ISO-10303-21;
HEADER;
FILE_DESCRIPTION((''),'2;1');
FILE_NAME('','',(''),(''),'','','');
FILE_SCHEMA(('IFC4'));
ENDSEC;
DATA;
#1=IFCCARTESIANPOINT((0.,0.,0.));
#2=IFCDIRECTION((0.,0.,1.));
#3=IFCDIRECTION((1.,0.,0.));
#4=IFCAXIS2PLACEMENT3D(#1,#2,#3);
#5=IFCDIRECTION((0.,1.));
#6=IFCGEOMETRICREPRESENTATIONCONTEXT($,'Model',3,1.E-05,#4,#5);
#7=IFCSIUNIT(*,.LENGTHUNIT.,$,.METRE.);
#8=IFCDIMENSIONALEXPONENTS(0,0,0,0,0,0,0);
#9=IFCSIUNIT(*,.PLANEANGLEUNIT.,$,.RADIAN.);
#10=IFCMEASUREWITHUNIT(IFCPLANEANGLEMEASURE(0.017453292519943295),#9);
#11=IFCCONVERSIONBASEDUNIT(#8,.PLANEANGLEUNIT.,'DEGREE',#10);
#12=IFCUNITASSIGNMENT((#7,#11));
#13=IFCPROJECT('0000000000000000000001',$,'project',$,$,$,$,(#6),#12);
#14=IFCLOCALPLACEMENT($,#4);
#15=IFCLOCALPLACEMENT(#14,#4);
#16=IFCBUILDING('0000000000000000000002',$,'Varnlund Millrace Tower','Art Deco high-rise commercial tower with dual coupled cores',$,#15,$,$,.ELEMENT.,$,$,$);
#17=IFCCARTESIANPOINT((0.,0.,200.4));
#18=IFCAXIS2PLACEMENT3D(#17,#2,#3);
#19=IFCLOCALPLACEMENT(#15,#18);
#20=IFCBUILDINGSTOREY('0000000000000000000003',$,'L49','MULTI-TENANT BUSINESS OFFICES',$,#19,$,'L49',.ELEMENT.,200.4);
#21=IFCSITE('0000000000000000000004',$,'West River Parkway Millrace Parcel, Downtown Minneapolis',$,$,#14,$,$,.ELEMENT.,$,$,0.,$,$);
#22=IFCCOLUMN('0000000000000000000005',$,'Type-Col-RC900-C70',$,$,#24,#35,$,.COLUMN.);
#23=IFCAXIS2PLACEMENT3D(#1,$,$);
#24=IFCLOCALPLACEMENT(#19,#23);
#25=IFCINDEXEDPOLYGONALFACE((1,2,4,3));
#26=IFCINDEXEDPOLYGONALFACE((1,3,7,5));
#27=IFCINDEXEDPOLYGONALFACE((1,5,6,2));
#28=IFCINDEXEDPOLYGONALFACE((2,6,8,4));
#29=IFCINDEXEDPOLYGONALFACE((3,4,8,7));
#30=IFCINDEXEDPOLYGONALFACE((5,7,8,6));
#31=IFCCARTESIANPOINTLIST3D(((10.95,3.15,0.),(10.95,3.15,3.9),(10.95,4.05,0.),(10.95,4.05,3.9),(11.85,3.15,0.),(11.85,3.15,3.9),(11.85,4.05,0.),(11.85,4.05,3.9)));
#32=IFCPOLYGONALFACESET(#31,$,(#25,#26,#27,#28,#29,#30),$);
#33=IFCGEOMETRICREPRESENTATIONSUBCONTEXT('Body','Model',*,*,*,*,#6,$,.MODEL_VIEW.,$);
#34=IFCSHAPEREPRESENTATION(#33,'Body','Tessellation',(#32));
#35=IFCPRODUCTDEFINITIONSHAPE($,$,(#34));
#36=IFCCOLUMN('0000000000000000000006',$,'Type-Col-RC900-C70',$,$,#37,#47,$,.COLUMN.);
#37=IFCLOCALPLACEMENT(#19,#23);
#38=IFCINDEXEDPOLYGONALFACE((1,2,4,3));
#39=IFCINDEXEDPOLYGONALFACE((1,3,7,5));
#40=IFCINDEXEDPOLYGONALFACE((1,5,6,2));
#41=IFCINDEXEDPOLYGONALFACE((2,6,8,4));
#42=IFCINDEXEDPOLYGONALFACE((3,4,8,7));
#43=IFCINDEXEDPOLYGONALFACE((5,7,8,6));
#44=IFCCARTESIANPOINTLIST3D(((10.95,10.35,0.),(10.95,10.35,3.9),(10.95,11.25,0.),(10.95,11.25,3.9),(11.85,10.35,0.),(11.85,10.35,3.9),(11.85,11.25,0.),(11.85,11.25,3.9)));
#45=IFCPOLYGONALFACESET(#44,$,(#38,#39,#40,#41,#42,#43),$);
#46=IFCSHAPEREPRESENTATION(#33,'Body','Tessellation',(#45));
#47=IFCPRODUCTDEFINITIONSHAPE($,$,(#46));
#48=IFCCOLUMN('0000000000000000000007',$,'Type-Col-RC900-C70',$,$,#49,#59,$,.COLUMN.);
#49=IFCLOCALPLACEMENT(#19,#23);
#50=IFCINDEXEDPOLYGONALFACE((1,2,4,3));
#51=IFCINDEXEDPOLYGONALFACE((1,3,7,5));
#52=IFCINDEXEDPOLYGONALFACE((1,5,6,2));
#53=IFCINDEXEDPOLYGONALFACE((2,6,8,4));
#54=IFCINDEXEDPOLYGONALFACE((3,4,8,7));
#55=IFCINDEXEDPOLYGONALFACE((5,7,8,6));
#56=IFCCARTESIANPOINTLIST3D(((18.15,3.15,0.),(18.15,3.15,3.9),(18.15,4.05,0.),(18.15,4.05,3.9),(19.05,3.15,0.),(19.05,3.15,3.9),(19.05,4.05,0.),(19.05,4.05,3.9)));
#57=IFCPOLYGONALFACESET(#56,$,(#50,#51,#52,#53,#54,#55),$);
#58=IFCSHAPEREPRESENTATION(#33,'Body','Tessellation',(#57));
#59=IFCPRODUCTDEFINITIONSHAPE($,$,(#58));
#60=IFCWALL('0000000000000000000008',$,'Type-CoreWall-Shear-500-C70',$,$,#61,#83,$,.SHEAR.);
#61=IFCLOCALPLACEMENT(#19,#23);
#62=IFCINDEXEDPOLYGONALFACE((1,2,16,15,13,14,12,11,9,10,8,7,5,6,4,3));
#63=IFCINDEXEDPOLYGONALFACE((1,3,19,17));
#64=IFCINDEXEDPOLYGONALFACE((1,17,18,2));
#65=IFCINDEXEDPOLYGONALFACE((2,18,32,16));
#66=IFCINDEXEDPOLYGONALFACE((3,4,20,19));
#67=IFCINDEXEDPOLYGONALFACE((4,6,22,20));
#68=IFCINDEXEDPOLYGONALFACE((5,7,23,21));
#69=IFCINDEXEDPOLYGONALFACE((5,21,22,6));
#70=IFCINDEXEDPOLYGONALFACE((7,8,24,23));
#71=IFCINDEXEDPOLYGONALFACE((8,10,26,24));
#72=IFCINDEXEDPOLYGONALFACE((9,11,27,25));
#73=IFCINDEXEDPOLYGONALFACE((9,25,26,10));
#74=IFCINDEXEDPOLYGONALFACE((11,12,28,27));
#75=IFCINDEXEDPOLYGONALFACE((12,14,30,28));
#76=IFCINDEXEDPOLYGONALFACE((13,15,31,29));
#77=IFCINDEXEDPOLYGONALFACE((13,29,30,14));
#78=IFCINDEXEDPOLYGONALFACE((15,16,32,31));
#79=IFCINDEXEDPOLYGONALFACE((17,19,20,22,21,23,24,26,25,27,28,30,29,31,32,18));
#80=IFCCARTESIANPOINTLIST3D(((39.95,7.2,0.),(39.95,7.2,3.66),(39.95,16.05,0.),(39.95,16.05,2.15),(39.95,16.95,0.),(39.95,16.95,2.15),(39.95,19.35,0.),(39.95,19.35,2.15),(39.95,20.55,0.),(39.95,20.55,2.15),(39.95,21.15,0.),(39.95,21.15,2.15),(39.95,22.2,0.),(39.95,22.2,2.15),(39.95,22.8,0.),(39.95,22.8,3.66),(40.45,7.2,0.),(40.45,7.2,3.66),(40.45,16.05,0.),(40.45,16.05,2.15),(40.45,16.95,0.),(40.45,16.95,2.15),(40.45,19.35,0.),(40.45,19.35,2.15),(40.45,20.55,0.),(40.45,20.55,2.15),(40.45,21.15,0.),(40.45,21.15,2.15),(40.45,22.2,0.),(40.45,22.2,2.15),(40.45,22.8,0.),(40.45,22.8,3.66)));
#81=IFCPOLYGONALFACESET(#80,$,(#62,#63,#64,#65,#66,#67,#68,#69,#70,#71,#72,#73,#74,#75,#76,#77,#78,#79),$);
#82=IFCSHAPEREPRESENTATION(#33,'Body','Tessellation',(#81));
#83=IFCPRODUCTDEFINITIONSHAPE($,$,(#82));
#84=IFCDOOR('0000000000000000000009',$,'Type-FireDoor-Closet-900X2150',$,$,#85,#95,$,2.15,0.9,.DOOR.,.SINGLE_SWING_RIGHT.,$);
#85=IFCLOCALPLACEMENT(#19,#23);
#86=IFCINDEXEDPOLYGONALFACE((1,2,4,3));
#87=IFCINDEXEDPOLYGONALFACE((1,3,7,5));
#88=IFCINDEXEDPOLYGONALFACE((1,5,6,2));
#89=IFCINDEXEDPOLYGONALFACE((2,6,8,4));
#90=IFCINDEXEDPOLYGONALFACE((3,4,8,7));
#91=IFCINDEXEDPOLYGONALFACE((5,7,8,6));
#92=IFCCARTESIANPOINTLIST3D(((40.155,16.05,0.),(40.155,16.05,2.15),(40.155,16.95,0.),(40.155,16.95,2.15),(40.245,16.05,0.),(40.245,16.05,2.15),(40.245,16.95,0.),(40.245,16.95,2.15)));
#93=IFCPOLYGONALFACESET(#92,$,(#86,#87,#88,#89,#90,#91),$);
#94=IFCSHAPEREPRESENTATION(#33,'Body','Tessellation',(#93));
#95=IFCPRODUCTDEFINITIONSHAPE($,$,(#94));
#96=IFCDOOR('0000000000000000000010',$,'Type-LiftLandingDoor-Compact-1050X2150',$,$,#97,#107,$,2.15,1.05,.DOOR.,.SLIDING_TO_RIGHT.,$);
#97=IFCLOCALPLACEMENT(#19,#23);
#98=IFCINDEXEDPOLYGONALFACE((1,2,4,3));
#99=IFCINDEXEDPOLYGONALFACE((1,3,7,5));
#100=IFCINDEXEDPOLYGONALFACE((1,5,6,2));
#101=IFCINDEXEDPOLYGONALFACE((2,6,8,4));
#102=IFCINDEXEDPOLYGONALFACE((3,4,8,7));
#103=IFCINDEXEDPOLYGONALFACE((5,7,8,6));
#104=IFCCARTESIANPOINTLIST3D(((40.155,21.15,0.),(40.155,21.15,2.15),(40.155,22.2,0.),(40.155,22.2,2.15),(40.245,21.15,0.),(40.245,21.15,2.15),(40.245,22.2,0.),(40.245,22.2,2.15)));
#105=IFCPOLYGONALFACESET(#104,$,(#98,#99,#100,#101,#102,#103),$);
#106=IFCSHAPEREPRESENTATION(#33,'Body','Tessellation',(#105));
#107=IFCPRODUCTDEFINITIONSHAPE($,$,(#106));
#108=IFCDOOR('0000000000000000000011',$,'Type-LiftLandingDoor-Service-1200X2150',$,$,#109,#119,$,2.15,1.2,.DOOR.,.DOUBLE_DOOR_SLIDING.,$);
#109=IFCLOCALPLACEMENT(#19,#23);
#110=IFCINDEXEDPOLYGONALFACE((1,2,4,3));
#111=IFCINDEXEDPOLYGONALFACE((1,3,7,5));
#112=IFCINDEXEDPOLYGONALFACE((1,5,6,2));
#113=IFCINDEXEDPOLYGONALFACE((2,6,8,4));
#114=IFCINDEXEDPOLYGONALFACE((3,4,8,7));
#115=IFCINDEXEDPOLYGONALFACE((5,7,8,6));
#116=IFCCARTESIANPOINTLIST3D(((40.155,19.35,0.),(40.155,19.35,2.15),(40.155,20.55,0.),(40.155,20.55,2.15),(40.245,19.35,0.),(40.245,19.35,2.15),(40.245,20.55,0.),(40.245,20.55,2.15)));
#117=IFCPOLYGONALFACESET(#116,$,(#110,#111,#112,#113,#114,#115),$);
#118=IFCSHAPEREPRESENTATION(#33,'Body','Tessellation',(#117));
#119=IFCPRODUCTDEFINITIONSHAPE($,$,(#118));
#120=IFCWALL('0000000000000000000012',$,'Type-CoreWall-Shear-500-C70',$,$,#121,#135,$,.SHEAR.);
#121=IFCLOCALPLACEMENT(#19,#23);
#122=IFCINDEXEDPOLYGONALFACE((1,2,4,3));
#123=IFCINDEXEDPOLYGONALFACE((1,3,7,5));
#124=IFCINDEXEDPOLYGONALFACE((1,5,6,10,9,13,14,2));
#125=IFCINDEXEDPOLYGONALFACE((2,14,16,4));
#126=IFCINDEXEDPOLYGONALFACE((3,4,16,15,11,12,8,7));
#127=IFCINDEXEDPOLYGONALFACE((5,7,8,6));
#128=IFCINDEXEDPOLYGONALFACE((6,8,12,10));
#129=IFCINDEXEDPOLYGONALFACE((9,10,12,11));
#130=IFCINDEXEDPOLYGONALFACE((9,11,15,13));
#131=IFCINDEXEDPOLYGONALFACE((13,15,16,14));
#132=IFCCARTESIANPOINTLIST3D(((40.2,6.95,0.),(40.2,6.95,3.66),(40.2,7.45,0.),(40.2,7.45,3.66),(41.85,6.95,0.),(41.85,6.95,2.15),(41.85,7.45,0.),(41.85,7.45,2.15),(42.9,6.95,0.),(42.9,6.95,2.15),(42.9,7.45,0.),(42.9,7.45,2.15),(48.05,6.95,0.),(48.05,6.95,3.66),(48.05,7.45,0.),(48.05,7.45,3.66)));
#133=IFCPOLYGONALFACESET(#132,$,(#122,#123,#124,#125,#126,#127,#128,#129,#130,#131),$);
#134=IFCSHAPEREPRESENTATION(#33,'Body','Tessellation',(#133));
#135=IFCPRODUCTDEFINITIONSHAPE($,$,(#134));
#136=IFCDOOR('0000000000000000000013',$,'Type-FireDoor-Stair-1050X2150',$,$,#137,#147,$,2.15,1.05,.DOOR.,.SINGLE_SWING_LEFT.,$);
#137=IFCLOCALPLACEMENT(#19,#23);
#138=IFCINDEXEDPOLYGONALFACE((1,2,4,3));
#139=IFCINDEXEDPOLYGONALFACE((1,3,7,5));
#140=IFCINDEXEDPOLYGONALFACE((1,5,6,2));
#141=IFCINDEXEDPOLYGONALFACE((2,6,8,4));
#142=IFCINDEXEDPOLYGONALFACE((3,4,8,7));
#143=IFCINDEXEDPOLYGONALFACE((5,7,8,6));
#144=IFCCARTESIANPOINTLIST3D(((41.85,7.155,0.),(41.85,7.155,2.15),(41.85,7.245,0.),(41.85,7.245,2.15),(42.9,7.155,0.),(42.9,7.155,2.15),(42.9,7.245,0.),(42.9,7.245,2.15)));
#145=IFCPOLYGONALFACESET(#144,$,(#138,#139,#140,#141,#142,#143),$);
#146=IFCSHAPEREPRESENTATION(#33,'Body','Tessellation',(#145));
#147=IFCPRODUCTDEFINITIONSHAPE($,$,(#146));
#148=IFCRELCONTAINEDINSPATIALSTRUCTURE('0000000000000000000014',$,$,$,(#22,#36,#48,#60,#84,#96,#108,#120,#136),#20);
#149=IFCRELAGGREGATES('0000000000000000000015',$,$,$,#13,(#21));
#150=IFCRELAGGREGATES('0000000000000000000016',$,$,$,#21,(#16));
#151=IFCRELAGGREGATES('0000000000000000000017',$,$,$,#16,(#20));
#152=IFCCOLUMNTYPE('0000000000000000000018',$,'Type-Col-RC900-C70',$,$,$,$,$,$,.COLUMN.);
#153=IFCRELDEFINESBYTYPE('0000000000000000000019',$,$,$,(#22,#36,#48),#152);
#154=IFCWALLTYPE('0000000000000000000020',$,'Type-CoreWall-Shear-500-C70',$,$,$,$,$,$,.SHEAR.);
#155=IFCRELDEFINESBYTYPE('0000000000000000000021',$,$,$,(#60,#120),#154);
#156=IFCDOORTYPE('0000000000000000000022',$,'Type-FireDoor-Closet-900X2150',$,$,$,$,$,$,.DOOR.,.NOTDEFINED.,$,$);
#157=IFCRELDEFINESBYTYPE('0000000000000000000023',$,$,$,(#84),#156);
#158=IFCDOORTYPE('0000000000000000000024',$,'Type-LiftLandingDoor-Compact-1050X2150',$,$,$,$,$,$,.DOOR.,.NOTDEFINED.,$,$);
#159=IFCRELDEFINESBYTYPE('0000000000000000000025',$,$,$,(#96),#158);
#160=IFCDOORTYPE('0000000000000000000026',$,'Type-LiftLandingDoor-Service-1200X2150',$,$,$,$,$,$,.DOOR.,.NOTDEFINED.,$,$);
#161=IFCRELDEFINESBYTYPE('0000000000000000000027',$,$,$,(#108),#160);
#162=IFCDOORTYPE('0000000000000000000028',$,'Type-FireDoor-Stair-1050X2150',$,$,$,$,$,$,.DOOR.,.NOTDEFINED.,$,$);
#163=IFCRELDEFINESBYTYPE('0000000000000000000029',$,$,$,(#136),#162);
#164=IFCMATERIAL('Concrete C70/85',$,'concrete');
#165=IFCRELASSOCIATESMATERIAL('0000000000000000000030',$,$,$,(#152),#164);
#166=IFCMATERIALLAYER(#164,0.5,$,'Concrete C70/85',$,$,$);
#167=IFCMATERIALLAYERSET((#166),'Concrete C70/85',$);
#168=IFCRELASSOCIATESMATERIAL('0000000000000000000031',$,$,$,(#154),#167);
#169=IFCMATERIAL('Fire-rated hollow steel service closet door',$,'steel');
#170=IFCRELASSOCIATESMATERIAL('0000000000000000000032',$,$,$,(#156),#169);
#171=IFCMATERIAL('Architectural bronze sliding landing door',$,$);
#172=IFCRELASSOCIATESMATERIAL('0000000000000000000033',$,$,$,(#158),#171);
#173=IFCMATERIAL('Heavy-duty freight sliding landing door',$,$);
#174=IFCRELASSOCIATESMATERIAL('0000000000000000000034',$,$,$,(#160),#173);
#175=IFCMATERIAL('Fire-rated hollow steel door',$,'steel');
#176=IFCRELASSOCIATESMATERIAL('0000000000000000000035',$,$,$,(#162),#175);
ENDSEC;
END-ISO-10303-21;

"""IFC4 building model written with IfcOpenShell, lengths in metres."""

from ifc_helpers import new_model, entity, si_unit, converted_unit, direction, frame, origin_with_axes, origin_2d_with_axis, place, context, subcontext, project, spatial, polyline, rectangle, outline, extrude, material, layer, layer_set, material_profile, profile_set, type_object, element, fill, save


model = new_model("IFC4")

# Units and contexts
model_context = context("Model", 3, precision=1e-05, world=origin_with_axes(), true_north=direction((0.0, 1.0)))
body_context = subcontext(model_context, "Body", "Model", "MODEL_VIEW")
ifc_project = project(units=[si_unit("LENGTHUNIT", "METRE"), converted_unit("PLANEANGLEUNIT", "DEGREE", entity("IfcPlaneAngleMeasure", 0.017453292519943295), si_unit("PLANEANGLEUNIT", "RADIAN"), dimensions=[0, 0, 0, 0, 0, 0, 0])], contexts=[model_context])

# Site, building, storey
site_placement = place(None, origin_with_axes())
site = spatial("IfcSite", under=ifc_project, at=site_placement, Name="West River Parkway Millrace Parcel, Downtown Minneapolis", CompositionType="ELEMENT", RefElevation=0.0)
building_placement = place(site_placement, origin_with_axes())
building = spatial("IfcBuilding", under=site, at=building_placement, Name="Varnlund Millrace Tower", Description="Art Deco high-rise commercial tower with dual coupled cores", CompositionType="ELEMENT")
storey_placement = place(building_placement, frame((0.0, 0.0, 200.4), z_axis=(0.0, 0.0, 1.0), x_axis=(1.0, 0.0, 0.0)))
storey = spatial("IfcBuildingStorey", under=building, at=storey_placement, Name="L49", Description="MULTI-TENANT BUSINESS OFFICES", LongName="L49", CompositionType="ELEMENT", Elevation=200.4)

# Columns
ifc_material_1 = material(Name="Concrete C70/85", Category="concrete")
ifc_material_profile = material_profile(ifc_material_1, rectangle(XDim=0.9, YDim=0.9, at=origin_2d_with_axis()), Name="Concrete C70/85")
ifc_profile_set = profile_set([ifc_material_profile], Name="Concrete C70/85")
column_type = type_object("IfcColumnType", Name="Type-Col-RC900-C70", PredefinedType="COLUMN", material=ifc_profile_set)
for number, where, z_axis, x_axis, name in (
    (1, (11.4, 3.6, 0.0), (0.0, 0.0, 1.0), (1.0, 0.0, 0.0), "Type-Col-RC900-C70"),
    (2, (11.4, 10.8, 0.0), (0.0, 0.0, 1.0), (1.0, 0.0, 0.0), "Type-Col-RC900-C70"),
    (3, (18.6, 3.6, 0.0), (0.0, 0.0, 1.0), (1.0, 0.0, 0.0), "Type-Col-RC900-C70"),
):
    element("IfcColumn", number, at=place(storey_placement, frame(where, z_axis=z_axis, x_axis=x_axis)), inside=storey, type_object=column_type, Name=name, PredefinedType="COLUMN", context=body_context, shape_type="SweptSolid", body=[
        extrude(rectangle(XDim=0.9, YDim=0.9, at=origin_2d_with_axis()), origin_with_axes(), (0.0, 0.0, 1.0), 3.9),
    ])

# Wall, openings, doors
ifc_layer_1 = layer(ifc_material_1, 0.5, Name="Concrete C70/85")
ifc_layer_set_1 = layer_set([ifc_layer_1], Name="Concrete C70/85")
wall_type_1 = type_object("IfcWallType", Name="Type-CoreWall-Shear-500-C70", PredefinedType="SHEAR", material=ifc_layer_set_1)
wall_1_placement = place(storey_placement, frame((40.2, 7.2, 0.0), z_axis=(0.0, 0.0, 1.0), x_axis=(0.0, 1.0, 0.0)))
wall_1 = element("IfcWall", 4, at=wall_1_placement, inside=storey, type_object=wall_type_1, Name="Type-CoreWall-Shear-500-C70", PredefinedType="SHEAR", context=body_context, shape_type="SweptSolid", body=[
    extrude(outline(polyline([(0.0, -0.25), (15.6, -0.25), (15.6, 0.25), (0.0, 0.25), (0.0, -0.25)])), origin_with_axes(), (0.0, 0.0, 1.0), 3.66),
])
opening_1_placement = place(wall_1_placement, frame((14.475, 0.0, 0.0), z_axis=(0.0, 0.0, 1.0), x_axis=(1.0, 0.0, 0.0)))
opening_1 = element("IfcOpeningElement", 5, at=opening_1_placement, cuts=wall_1, PredefinedType="OPENING", context=body_context, shape_type="SweptSolid", body=[
    extrude(rectangle(XDim=1.05, YDim=0.52, at=origin_2d_with_axis()), origin_with_axes(), (0.0, 0.0, 1.0), 2.15),
])
opening_2_placement = place(wall_1_placement, frame((12.75, 0.0, 0.0), z_axis=(0.0, 0.0, 1.0), x_axis=(1.0, 0.0, 0.0)))
opening_2 = element("IfcOpeningElement", 6, at=opening_2_placement, cuts=wall_1, PredefinedType="OPENING", context=body_context, shape_type="SweptSolid", body=[
    extrude(rectangle(XDim=1.2, YDim=0.52, at=origin_2d_with_axis()), origin_with_axes(), (0.0, 0.0, 1.0), 2.15),
])
opening_3_placement = place(wall_1_placement, frame((9.3, 0.0, 0.0), z_axis=(0.0, 0.0, 1.0), x_axis=(1.0, 0.0, 0.0)))
opening_3 = element("IfcOpeningElement", 7, at=opening_3_placement, cuts=wall_1, PredefinedType="OPENING", context=body_context, shape_type="SweptSolid", body=[
    extrude(rectangle(XDim=0.9, YDim=0.52, at=origin_2d_with_axis()), origin_with_axes(), (0.0, 0.0, 1.0), 2.15),
])
ifc_material_2 = material(Name="Fire-rated hollow steel service closet door", Category="steel")
door_type_1 = type_object("IfcDoorType", Name="Type-FireDoor-Closet-900X2150", OperationType="NOTDEFINED", PredefinedType="DOOR", material=ifc_material_2)
door_1_placement = place(wall_1_placement, frame((9.3, 0.0, 0.0), z_axis=(0.0, 0.0, 1.0), x_axis=(1.0, 0.0, 0.0)))
door_1 = element("IfcDoor", 8, at=door_1_placement, inside=storey, type_object=door_type_1, Name="Type-FireDoor-Closet-900X2150", OperationType="SINGLE_SWING_RIGHT", OverallHeight=2.15, OverallWidth=0.9, PredefinedType="DOOR", context=body_context, shape_type="SweptSolid", body=[
    extrude(rectangle(XDim=0.9, YDim=0.09, at=origin_2d_with_axis()), origin_with_axes(), (0.0, 0.0, 1.0), 2.15),
])
fill(opening_3, door_1)
ifc_material_3 = material(Name="Architectural bronze sliding landing door")
door_type_2 = type_object("IfcDoorType", Name="Type-LiftLandingDoor-Compact-1050X2150", OperationType="NOTDEFINED", PredefinedType="DOOR", material=ifc_material_3)
door_2_placement = place(wall_1_placement, frame((14.475, 0.0, 0.0), z_axis=(0.0, 0.0, 1.0), x_axis=(1.0, 0.0, 0.0)))
door_2 = element("IfcDoor", 9, at=door_2_placement, inside=storey, type_object=door_type_2, Name="Type-LiftLandingDoor-Compact-1050X2150", OperationType="SLIDING_TO_RIGHT", OverallHeight=2.15, OverallWidth=1.05, PredefinedType="DOOR", context=body_context, shape_type="SweptSolid", body=[
    extrude(rectangle(XDim=1.05, YDim=0.09, at=origin_2d_with_axis()), origin_with_axes(), (0.0, 0.0, 1.0), 2.15),
])
fill(opening_1, door_2)
ifc_material_4 = material(Name="Heavy-duty freight sliding landing door")
door_type_3 = type_object("IfcDoorType", Name="Type-LiftLandingDoor-Service-1200X2150", OperationType="NOTDEFINED", PredefinedType="DOOR", material=ifc_material_4)
door_3_placement = place(wall_1_placement, frame((12.75, 0.0, 0.0), z_axis=(0.0, 0.0, 1.0), x_axis=(1.0, 0.0, 0.0)))
door_3 = element("IfcDoor", 10, at=door_3_placement, inside=storey, type_object=door_type_3, Name="Type-LiftLandingDoor-Service-1200X2150", OperationType="DOUBLE_DOOR_SLIDING", OverallHeight=2.15, OverallWidth=1.2, PredefinedType="DOOR", context=body_context, shape_type="SweptSolid", body=[
    extrude(rectangle(XDim=1.2, YDim=0.09, at=origin_2d_with_axis()), origin_with_axes(), (0.0, 0.0, 1.0), 2.15),
])
fill(opening_2, door_3)

# Wall, opening, door
wall_2_placement = place(storey_placement, frame((40.2, 7.2, 0.0), z_axis=(0.0, 0.0, 1.0), x_axis=(1.0, 0.0, 0.0)))
wall_2 = element("IfcWall", 11, at=wall_2_placement, inside=storey, type_object=wall_type_1, Name="Type-CoreWall-Shear-500-C70", PredefinedType="SHEAR", context=body_context, shape_type="SweptSolid", body=[
    extrude(outline(polyline([(0.0, -0.25), (7.85, -0.25), (7.85, 0.25), (0.0, 0.25), (0.0, -0.25)])), origin_with_axes(), (0.0, 0.0, 1.0), 3.66),
])
opening_4_placement = place(wall_2_placement, frame((2.175, 0.0, 0.0), z_axis=(0.0, 0.0, 1.0), x_axis=(1.0, 0.0, 0.0)))
opening_4 = element("IfcOpeningElement", 12, at=opening_4_placement, cuts=wall_2, PredefinedType="OPENING", context=body_context, shape_type="SweptSolid", body=[
    extrude(rectangle(XDim=1.05, YDim=0.52, at=origin_2d_with_axis()), origin_with_axes(), (0.0, 0.0, 1.0), 2.15),
])
ifc_material_5 = material(Name="Fire-rated hollow steel door", Category="steel")
door_type_4 = type_object("IfcDoorType", Name="Type-FireDoor-Stair-1050X2150", OperationType="NOTDEFINED", PredefinedType="DOOR", material=ifc_material_5)
door_4_placement = place(wall_2_placement, frame((2.175, 0.0, 0.0), z_axis=(0.0, 0.0, 1.0), x_axis=(1.0, 0.0, 0.0)))
door_4 = element("IfcDoor", 13, at=door_4_placement, inside=storey, type_object=door_type_4, Name="Type-FireDoor-Stair-1050X2150", OperationType="SINGLE_SWING_LEFT", OverallHeight=2.15, OverallWidth=1.05, PredefinedType="DOOR", context=body_context, shape_type="SweptSolid", body=[
    extrude(rectangle(XDim=1.05, YDim=0.09, at=origin_2d_with_axis()), origin_with_axes(), (0.0, 0.0, 1.0), 2.15),
])
fill(opening_4, door_4)

save(model, "model.ifc")
